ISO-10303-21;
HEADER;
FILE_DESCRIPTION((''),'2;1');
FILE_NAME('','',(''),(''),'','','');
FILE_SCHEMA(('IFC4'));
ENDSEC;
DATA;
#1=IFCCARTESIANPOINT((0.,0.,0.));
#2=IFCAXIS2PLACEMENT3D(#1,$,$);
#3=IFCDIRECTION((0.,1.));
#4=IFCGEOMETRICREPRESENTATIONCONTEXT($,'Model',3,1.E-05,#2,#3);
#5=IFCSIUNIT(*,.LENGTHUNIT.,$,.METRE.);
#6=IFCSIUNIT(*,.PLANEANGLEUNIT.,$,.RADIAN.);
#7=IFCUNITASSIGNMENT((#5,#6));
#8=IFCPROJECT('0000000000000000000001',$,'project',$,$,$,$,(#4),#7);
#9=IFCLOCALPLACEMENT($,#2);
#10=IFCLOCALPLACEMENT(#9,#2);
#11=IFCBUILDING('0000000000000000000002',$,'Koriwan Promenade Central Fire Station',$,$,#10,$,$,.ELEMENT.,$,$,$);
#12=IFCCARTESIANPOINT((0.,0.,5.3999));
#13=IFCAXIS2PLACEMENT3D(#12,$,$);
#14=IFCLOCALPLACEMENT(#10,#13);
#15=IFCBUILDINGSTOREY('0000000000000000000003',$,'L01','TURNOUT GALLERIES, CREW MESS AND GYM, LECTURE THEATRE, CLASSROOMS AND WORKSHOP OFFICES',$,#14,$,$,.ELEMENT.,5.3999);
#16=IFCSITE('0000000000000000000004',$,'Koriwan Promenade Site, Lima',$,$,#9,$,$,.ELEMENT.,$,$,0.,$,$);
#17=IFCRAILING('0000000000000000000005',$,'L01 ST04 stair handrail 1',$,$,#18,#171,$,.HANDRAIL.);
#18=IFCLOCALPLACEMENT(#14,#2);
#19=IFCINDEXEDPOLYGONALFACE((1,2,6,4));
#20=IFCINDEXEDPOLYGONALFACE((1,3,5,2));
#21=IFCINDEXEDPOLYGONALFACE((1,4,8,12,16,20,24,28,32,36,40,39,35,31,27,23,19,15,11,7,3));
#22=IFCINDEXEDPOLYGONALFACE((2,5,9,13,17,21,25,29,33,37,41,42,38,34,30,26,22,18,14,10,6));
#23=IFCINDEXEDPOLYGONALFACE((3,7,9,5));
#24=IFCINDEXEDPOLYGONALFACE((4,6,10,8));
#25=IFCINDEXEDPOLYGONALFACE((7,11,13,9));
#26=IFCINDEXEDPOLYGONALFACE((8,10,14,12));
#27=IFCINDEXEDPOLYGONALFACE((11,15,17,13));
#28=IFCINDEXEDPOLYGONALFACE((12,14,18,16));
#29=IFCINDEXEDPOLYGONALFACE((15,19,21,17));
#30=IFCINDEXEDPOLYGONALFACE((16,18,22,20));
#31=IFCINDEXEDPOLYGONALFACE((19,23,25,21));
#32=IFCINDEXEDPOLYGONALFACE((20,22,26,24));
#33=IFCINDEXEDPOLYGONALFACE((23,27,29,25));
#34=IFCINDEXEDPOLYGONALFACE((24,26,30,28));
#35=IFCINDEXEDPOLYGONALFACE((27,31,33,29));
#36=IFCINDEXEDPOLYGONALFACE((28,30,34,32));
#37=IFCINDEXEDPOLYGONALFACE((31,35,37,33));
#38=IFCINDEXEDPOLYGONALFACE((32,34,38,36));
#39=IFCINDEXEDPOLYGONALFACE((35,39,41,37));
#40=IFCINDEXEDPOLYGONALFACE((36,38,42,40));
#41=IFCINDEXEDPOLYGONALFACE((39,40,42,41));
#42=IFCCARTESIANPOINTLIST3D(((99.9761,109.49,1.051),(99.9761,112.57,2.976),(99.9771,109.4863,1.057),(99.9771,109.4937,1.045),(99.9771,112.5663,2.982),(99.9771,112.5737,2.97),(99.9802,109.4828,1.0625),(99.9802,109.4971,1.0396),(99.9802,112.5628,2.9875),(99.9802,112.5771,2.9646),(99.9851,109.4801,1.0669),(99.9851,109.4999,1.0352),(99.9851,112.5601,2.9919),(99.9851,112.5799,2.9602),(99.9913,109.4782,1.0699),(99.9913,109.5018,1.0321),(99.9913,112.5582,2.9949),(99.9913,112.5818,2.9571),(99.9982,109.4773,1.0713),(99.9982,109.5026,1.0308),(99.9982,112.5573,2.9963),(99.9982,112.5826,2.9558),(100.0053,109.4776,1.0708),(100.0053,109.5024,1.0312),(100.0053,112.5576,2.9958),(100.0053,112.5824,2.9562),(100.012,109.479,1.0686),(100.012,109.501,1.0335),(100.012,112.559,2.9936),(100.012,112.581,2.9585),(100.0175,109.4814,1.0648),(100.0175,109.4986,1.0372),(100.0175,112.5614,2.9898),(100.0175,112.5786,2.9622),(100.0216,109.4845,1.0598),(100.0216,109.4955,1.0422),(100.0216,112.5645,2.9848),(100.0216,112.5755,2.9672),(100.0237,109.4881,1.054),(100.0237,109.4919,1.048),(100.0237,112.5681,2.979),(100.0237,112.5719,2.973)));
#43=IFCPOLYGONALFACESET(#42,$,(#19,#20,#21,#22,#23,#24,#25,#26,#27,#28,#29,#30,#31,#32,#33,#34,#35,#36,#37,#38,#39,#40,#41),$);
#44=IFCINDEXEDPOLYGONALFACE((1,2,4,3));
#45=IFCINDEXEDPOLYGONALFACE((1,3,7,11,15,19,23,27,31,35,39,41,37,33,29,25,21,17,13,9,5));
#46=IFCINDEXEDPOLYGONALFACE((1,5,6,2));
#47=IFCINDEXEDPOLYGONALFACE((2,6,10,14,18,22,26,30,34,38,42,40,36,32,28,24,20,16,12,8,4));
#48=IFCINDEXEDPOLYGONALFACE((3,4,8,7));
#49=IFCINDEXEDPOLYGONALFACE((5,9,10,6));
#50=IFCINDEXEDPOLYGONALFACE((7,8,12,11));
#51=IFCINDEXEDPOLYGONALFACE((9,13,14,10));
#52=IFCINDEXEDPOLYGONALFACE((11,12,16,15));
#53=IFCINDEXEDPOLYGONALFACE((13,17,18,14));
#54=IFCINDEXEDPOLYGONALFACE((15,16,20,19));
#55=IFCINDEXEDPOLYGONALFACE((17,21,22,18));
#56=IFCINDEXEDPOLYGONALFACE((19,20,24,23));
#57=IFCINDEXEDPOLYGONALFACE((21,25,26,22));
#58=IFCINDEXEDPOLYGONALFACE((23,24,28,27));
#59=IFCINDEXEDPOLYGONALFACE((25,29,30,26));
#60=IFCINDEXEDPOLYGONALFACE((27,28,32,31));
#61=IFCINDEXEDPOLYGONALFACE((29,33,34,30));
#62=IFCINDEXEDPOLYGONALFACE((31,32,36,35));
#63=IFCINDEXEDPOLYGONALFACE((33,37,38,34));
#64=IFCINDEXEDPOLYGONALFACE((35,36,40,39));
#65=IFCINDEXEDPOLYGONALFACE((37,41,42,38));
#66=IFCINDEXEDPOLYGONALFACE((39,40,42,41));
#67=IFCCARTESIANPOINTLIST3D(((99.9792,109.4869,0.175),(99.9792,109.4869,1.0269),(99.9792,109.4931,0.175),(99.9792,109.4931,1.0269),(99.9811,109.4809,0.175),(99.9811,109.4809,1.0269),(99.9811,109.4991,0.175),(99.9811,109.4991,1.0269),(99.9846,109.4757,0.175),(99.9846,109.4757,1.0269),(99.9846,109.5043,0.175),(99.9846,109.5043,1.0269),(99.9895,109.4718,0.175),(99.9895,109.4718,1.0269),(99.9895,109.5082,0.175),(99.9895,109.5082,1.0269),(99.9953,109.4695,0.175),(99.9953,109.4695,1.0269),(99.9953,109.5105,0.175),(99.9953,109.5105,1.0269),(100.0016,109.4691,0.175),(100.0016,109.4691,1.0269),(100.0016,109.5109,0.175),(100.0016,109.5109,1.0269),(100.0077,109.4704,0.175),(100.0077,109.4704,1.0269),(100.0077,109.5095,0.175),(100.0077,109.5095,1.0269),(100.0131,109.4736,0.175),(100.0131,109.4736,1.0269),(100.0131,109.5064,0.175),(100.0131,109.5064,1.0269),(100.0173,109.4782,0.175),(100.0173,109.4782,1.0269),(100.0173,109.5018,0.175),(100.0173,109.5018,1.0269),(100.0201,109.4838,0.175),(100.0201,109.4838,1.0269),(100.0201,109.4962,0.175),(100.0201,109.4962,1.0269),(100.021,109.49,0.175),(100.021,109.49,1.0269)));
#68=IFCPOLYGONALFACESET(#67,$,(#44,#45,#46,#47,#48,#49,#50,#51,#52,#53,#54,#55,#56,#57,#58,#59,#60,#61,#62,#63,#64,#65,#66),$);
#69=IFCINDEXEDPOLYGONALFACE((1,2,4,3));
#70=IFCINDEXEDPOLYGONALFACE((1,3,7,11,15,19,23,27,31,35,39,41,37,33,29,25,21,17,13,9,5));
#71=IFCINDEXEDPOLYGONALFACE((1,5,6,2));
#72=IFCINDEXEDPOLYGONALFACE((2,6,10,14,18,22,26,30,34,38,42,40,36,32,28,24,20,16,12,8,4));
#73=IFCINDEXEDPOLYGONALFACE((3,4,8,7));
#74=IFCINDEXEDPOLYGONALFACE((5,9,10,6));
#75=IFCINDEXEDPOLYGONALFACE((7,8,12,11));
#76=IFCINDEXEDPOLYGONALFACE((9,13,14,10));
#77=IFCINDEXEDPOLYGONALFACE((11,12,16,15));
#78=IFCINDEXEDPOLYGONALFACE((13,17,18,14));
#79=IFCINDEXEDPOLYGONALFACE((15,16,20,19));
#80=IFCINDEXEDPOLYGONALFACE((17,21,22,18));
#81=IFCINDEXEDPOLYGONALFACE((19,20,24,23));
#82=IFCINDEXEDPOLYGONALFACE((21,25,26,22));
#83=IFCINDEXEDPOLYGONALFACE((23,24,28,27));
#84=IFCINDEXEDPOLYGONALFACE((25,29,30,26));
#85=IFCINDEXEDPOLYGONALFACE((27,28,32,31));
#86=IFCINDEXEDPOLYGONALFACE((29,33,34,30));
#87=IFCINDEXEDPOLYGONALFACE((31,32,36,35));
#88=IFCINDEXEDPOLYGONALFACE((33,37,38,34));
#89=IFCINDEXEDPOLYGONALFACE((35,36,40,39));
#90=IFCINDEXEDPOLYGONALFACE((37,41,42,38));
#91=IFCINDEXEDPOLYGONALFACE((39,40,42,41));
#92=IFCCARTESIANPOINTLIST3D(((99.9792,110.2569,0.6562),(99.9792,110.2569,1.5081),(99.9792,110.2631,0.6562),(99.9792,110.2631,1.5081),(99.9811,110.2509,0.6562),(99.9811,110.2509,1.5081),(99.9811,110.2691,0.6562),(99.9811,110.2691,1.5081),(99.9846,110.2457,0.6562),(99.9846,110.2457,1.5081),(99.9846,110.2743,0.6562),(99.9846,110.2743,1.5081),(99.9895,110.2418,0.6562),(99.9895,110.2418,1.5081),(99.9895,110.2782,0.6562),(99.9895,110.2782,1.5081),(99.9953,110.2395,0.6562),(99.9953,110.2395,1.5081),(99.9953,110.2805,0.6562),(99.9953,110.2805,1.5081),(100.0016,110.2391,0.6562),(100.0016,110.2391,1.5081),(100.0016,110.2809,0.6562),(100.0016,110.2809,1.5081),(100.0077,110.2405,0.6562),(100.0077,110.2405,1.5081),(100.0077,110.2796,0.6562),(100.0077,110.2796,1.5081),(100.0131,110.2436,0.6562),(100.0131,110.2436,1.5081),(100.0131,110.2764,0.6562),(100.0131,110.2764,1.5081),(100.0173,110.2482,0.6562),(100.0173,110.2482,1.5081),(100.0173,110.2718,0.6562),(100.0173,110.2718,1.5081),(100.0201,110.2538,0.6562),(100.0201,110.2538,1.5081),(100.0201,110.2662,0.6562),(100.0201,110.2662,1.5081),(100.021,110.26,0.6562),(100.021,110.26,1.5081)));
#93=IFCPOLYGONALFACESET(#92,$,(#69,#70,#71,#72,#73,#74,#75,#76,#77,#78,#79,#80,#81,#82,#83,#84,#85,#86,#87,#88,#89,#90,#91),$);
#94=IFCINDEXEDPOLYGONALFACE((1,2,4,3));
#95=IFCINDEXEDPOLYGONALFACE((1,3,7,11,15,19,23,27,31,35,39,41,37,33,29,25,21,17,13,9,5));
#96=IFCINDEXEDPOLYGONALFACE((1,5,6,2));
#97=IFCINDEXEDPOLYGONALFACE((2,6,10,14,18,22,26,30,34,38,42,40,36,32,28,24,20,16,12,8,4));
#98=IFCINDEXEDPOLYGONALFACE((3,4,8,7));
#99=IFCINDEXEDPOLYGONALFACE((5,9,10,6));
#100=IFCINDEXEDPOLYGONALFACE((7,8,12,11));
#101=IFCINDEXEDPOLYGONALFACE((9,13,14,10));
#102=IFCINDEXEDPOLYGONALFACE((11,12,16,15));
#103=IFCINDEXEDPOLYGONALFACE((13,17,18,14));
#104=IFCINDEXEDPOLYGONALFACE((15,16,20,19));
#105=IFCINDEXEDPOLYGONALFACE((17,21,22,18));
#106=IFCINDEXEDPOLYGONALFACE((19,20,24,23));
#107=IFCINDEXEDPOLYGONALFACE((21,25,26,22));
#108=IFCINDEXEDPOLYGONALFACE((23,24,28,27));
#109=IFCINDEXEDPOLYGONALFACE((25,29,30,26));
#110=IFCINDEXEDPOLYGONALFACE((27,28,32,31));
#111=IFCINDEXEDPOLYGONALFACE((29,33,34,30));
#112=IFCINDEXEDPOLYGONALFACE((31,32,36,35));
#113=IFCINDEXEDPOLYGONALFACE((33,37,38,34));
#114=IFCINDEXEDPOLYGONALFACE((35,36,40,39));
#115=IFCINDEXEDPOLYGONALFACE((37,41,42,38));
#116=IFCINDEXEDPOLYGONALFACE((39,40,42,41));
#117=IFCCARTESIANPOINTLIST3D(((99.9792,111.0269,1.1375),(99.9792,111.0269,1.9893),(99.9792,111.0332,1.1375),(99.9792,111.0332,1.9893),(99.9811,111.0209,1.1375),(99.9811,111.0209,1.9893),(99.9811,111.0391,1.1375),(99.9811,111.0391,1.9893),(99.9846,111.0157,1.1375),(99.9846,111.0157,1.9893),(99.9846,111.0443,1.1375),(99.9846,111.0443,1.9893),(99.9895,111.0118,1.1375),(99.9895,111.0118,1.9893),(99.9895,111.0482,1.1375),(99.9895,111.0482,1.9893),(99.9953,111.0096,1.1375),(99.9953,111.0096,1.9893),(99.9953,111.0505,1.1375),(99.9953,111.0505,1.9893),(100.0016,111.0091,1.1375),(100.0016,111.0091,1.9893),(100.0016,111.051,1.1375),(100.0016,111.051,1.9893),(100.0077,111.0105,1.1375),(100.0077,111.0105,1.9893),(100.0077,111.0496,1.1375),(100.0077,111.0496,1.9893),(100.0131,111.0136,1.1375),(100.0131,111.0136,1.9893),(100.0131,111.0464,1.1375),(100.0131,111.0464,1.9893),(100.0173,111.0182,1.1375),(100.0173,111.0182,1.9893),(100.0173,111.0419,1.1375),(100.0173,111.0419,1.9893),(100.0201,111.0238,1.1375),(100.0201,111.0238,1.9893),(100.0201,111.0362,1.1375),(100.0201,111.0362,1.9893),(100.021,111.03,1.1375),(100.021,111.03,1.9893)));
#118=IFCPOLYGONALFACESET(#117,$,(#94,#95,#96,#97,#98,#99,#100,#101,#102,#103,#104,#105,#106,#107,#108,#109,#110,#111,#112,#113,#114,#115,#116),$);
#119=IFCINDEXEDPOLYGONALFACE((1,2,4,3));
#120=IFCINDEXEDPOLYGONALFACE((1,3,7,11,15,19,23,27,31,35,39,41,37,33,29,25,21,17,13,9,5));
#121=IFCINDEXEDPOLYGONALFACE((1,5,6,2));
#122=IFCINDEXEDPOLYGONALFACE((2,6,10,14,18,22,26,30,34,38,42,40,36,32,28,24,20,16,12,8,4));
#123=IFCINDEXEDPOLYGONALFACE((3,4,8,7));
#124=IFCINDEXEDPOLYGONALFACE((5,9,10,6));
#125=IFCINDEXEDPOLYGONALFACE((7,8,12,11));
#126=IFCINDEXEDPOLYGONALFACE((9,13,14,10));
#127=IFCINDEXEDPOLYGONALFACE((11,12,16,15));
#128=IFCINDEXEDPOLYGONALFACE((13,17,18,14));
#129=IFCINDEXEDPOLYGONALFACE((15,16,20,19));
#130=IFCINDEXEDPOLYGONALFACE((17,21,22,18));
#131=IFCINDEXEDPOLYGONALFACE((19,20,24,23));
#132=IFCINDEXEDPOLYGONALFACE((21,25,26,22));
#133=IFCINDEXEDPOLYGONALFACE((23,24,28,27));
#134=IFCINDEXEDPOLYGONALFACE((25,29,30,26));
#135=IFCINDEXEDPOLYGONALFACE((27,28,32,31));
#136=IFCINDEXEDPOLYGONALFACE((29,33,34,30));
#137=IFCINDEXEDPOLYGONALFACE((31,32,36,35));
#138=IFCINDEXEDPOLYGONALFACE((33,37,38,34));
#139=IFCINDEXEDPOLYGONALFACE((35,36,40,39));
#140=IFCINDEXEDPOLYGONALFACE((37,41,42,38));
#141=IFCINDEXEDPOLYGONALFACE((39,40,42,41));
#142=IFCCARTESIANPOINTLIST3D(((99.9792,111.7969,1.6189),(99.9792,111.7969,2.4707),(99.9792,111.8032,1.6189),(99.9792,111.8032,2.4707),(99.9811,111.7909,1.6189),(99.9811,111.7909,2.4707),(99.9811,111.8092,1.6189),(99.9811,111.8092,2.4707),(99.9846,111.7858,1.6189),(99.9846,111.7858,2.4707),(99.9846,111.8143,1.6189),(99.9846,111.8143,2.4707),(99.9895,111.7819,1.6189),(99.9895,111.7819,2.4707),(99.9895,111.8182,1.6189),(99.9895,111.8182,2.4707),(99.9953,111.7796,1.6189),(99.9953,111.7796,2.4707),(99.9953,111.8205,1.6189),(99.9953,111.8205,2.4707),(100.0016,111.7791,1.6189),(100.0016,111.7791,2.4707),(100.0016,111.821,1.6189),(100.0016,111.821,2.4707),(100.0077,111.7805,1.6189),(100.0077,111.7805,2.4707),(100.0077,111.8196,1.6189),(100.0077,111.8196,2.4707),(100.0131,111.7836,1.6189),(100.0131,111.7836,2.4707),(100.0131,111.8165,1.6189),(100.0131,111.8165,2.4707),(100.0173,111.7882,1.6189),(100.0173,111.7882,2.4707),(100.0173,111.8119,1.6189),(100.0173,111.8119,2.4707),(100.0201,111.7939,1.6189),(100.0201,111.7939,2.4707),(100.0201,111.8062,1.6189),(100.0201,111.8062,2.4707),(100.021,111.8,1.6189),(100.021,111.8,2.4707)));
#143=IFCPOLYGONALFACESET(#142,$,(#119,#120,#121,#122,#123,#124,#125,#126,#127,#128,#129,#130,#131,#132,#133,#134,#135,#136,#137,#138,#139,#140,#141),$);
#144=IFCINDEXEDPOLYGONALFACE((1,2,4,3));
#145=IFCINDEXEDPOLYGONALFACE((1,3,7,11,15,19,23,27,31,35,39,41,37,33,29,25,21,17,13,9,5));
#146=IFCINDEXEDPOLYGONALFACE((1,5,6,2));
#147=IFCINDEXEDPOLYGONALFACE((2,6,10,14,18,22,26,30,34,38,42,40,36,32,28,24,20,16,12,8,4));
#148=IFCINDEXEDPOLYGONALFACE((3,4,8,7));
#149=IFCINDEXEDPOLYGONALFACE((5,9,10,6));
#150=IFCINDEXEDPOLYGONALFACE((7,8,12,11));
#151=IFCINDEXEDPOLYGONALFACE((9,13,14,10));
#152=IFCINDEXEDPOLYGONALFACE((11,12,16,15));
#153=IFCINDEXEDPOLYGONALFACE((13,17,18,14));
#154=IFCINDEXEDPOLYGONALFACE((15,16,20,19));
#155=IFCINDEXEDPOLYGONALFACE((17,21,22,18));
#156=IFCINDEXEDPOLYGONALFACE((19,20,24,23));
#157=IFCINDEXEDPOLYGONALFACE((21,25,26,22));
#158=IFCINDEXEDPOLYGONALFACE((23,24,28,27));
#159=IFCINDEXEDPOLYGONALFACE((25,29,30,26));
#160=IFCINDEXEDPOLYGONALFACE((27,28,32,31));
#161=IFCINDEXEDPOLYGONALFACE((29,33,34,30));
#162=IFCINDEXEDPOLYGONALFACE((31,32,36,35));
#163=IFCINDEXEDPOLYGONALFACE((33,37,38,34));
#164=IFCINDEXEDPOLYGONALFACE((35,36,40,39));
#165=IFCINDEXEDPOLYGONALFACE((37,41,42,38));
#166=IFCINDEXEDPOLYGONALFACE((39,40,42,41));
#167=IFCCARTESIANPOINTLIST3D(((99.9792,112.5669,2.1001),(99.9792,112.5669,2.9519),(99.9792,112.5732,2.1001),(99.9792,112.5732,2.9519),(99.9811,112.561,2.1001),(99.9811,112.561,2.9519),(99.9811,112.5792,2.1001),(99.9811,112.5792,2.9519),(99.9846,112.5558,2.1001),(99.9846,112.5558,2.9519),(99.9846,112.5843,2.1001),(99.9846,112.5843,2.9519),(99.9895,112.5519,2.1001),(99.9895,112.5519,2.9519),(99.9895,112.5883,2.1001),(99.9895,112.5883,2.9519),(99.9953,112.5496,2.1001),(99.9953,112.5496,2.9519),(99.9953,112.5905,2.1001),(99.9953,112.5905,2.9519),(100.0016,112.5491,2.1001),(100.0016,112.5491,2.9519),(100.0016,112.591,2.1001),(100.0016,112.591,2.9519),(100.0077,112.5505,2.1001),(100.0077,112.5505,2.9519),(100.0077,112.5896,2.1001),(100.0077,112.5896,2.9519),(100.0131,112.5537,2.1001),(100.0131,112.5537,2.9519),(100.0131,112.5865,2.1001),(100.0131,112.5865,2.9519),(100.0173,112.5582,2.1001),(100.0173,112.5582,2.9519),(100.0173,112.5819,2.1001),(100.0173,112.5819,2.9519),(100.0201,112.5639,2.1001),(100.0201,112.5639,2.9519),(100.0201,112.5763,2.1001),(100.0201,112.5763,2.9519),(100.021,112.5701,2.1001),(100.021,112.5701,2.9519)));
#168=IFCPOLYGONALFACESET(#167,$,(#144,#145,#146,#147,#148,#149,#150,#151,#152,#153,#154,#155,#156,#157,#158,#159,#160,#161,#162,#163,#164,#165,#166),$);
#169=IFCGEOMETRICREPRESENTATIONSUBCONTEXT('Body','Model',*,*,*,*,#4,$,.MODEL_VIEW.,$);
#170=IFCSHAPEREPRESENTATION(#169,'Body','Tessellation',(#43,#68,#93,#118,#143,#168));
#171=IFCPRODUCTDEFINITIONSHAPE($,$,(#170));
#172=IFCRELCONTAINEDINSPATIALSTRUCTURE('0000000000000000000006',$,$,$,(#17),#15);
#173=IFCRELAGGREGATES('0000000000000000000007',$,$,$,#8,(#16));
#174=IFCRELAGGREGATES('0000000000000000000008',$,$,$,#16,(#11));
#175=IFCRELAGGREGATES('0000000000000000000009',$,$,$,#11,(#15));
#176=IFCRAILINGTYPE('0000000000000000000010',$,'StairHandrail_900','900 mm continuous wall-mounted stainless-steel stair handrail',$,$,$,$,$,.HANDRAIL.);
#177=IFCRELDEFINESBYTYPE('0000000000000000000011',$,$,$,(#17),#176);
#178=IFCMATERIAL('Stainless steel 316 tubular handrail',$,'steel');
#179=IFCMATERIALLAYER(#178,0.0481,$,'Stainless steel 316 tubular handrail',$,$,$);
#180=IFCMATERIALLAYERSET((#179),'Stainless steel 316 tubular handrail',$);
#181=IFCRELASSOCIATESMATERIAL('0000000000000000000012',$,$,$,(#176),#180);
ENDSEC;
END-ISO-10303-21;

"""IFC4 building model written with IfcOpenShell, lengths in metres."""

from ifc_helpers import new_model, si_unit, direction, frame, origin, origin_2d, place, context, subcontext, project, spatial, circle, extrude, material, layer, layer_set, type_object, element, save


model = new_model("IFC4")

# Units and contexts
model_context = context("Model", 3, precision=1e-05, world=origin(), true_north=direction((0.0, 1.0)))
body_context = subcontext(model_context, "Body", "Model", "MODEL_VIEW")
ifc_project = project(units=[si_unit("LENGTHUNIT", "METRE"), si_unit("PLANEANGLEUNIT", "RADIAN")], contexts=[model_context])

# Site, building, storey
site_placement = place(None, origin())
site = spatial("IfcSite", under=ifc_project, at=site_placement, Name="Koriwan Promenade Site, Lima", CompositionType="ELEMENT", RefElevation=0.0)
building_placement = place(site_placement, origin())
building = spatial("IfcBuilding", under=site, at=building_placement, Name="Koriwan Promenade Central Fire Station", CompositionType="ELEMENT")
storey_placement = place(building_placement, frame((0.0, 0.0, 5.3999)))
storey = spatial("IfcBuildingStorey", under=building, at=storey_placement, Name="L01", Description="TURNOUT GALLERIES, CREW MESS AND GYM, LECTURE THEATRE, CLASSROOMS AND WORKSHOP OFFICES", CompositionType="ELEMENT", Elevation=5.3999)

# Railing
ifc_material_1 = material(Name="Stainless steel 316 tubular handrail", Category="steel")
ifc_layer_1 = layer(ifc_material_1, 0.0481, Name="Stainless steel 316 tubular handrail")
ifc_layer_set_1 = layer_set([ifc_layer_1], Name="Stainless steel 316 tubular handrail")
railing_type_1 = type_object("IfcRailingType", Name="StairHandrail_900", Description="900 mm continuous wall-mounted stainless-steel stair handrail", PredefinedType="HANDRAIL", material=ifc_layer_set_1)
railing_1_placement = place(storey_placement, frame((100.0, 109.49, 0.175)))
element("IfcRailing", 1, at=railing_1_placement, inside=storey, type_object=railing_type_1, Name="L01 ST04 stair handrail 1", PredefinedType="HANDRAIL", context=body_context, shape_type="SweptSolid", body=[
    extrude(circle(Radius=0.0239, at=origin_2d()), frame((0.0, 0.0, 0.876), z_axis=(0.0, 0.847998, 0.529999), x_axis=(-1.0, 0.0, 0.0)), (0.0, 0.0, 1.0), 3.6321),
    extrude(circle(Radius=0.021, at=origin_2d()), origin(), (0.0, 0.0, 1.0), 0.8518),
    extrude(circle(Radius=0.021, at=origin_2d()), frame((0.0, 0.77, 0.4812)), (0.0, 0.0, 1.0), 0.8518),
    extrude(circle(Radius=0.021, at=origin_2d()), frame((0.0, 1.54, 0.9624)), (0.0, 0.0, 1.0), 0.8518),
    extrude(circle(Radius=0.021, at=origin_2d()), frame((0.0, 2.3101, 1.4438)), (0.0, 0.0, 1.0), 0.8518),
    extrude(circle(Radius=0.021, at=origin_2d()), frame((0.0, 3.0801, 1.925)), (0.0, 0.0, 1.0), 0.8518),
])

save(model, "model.ifc")
